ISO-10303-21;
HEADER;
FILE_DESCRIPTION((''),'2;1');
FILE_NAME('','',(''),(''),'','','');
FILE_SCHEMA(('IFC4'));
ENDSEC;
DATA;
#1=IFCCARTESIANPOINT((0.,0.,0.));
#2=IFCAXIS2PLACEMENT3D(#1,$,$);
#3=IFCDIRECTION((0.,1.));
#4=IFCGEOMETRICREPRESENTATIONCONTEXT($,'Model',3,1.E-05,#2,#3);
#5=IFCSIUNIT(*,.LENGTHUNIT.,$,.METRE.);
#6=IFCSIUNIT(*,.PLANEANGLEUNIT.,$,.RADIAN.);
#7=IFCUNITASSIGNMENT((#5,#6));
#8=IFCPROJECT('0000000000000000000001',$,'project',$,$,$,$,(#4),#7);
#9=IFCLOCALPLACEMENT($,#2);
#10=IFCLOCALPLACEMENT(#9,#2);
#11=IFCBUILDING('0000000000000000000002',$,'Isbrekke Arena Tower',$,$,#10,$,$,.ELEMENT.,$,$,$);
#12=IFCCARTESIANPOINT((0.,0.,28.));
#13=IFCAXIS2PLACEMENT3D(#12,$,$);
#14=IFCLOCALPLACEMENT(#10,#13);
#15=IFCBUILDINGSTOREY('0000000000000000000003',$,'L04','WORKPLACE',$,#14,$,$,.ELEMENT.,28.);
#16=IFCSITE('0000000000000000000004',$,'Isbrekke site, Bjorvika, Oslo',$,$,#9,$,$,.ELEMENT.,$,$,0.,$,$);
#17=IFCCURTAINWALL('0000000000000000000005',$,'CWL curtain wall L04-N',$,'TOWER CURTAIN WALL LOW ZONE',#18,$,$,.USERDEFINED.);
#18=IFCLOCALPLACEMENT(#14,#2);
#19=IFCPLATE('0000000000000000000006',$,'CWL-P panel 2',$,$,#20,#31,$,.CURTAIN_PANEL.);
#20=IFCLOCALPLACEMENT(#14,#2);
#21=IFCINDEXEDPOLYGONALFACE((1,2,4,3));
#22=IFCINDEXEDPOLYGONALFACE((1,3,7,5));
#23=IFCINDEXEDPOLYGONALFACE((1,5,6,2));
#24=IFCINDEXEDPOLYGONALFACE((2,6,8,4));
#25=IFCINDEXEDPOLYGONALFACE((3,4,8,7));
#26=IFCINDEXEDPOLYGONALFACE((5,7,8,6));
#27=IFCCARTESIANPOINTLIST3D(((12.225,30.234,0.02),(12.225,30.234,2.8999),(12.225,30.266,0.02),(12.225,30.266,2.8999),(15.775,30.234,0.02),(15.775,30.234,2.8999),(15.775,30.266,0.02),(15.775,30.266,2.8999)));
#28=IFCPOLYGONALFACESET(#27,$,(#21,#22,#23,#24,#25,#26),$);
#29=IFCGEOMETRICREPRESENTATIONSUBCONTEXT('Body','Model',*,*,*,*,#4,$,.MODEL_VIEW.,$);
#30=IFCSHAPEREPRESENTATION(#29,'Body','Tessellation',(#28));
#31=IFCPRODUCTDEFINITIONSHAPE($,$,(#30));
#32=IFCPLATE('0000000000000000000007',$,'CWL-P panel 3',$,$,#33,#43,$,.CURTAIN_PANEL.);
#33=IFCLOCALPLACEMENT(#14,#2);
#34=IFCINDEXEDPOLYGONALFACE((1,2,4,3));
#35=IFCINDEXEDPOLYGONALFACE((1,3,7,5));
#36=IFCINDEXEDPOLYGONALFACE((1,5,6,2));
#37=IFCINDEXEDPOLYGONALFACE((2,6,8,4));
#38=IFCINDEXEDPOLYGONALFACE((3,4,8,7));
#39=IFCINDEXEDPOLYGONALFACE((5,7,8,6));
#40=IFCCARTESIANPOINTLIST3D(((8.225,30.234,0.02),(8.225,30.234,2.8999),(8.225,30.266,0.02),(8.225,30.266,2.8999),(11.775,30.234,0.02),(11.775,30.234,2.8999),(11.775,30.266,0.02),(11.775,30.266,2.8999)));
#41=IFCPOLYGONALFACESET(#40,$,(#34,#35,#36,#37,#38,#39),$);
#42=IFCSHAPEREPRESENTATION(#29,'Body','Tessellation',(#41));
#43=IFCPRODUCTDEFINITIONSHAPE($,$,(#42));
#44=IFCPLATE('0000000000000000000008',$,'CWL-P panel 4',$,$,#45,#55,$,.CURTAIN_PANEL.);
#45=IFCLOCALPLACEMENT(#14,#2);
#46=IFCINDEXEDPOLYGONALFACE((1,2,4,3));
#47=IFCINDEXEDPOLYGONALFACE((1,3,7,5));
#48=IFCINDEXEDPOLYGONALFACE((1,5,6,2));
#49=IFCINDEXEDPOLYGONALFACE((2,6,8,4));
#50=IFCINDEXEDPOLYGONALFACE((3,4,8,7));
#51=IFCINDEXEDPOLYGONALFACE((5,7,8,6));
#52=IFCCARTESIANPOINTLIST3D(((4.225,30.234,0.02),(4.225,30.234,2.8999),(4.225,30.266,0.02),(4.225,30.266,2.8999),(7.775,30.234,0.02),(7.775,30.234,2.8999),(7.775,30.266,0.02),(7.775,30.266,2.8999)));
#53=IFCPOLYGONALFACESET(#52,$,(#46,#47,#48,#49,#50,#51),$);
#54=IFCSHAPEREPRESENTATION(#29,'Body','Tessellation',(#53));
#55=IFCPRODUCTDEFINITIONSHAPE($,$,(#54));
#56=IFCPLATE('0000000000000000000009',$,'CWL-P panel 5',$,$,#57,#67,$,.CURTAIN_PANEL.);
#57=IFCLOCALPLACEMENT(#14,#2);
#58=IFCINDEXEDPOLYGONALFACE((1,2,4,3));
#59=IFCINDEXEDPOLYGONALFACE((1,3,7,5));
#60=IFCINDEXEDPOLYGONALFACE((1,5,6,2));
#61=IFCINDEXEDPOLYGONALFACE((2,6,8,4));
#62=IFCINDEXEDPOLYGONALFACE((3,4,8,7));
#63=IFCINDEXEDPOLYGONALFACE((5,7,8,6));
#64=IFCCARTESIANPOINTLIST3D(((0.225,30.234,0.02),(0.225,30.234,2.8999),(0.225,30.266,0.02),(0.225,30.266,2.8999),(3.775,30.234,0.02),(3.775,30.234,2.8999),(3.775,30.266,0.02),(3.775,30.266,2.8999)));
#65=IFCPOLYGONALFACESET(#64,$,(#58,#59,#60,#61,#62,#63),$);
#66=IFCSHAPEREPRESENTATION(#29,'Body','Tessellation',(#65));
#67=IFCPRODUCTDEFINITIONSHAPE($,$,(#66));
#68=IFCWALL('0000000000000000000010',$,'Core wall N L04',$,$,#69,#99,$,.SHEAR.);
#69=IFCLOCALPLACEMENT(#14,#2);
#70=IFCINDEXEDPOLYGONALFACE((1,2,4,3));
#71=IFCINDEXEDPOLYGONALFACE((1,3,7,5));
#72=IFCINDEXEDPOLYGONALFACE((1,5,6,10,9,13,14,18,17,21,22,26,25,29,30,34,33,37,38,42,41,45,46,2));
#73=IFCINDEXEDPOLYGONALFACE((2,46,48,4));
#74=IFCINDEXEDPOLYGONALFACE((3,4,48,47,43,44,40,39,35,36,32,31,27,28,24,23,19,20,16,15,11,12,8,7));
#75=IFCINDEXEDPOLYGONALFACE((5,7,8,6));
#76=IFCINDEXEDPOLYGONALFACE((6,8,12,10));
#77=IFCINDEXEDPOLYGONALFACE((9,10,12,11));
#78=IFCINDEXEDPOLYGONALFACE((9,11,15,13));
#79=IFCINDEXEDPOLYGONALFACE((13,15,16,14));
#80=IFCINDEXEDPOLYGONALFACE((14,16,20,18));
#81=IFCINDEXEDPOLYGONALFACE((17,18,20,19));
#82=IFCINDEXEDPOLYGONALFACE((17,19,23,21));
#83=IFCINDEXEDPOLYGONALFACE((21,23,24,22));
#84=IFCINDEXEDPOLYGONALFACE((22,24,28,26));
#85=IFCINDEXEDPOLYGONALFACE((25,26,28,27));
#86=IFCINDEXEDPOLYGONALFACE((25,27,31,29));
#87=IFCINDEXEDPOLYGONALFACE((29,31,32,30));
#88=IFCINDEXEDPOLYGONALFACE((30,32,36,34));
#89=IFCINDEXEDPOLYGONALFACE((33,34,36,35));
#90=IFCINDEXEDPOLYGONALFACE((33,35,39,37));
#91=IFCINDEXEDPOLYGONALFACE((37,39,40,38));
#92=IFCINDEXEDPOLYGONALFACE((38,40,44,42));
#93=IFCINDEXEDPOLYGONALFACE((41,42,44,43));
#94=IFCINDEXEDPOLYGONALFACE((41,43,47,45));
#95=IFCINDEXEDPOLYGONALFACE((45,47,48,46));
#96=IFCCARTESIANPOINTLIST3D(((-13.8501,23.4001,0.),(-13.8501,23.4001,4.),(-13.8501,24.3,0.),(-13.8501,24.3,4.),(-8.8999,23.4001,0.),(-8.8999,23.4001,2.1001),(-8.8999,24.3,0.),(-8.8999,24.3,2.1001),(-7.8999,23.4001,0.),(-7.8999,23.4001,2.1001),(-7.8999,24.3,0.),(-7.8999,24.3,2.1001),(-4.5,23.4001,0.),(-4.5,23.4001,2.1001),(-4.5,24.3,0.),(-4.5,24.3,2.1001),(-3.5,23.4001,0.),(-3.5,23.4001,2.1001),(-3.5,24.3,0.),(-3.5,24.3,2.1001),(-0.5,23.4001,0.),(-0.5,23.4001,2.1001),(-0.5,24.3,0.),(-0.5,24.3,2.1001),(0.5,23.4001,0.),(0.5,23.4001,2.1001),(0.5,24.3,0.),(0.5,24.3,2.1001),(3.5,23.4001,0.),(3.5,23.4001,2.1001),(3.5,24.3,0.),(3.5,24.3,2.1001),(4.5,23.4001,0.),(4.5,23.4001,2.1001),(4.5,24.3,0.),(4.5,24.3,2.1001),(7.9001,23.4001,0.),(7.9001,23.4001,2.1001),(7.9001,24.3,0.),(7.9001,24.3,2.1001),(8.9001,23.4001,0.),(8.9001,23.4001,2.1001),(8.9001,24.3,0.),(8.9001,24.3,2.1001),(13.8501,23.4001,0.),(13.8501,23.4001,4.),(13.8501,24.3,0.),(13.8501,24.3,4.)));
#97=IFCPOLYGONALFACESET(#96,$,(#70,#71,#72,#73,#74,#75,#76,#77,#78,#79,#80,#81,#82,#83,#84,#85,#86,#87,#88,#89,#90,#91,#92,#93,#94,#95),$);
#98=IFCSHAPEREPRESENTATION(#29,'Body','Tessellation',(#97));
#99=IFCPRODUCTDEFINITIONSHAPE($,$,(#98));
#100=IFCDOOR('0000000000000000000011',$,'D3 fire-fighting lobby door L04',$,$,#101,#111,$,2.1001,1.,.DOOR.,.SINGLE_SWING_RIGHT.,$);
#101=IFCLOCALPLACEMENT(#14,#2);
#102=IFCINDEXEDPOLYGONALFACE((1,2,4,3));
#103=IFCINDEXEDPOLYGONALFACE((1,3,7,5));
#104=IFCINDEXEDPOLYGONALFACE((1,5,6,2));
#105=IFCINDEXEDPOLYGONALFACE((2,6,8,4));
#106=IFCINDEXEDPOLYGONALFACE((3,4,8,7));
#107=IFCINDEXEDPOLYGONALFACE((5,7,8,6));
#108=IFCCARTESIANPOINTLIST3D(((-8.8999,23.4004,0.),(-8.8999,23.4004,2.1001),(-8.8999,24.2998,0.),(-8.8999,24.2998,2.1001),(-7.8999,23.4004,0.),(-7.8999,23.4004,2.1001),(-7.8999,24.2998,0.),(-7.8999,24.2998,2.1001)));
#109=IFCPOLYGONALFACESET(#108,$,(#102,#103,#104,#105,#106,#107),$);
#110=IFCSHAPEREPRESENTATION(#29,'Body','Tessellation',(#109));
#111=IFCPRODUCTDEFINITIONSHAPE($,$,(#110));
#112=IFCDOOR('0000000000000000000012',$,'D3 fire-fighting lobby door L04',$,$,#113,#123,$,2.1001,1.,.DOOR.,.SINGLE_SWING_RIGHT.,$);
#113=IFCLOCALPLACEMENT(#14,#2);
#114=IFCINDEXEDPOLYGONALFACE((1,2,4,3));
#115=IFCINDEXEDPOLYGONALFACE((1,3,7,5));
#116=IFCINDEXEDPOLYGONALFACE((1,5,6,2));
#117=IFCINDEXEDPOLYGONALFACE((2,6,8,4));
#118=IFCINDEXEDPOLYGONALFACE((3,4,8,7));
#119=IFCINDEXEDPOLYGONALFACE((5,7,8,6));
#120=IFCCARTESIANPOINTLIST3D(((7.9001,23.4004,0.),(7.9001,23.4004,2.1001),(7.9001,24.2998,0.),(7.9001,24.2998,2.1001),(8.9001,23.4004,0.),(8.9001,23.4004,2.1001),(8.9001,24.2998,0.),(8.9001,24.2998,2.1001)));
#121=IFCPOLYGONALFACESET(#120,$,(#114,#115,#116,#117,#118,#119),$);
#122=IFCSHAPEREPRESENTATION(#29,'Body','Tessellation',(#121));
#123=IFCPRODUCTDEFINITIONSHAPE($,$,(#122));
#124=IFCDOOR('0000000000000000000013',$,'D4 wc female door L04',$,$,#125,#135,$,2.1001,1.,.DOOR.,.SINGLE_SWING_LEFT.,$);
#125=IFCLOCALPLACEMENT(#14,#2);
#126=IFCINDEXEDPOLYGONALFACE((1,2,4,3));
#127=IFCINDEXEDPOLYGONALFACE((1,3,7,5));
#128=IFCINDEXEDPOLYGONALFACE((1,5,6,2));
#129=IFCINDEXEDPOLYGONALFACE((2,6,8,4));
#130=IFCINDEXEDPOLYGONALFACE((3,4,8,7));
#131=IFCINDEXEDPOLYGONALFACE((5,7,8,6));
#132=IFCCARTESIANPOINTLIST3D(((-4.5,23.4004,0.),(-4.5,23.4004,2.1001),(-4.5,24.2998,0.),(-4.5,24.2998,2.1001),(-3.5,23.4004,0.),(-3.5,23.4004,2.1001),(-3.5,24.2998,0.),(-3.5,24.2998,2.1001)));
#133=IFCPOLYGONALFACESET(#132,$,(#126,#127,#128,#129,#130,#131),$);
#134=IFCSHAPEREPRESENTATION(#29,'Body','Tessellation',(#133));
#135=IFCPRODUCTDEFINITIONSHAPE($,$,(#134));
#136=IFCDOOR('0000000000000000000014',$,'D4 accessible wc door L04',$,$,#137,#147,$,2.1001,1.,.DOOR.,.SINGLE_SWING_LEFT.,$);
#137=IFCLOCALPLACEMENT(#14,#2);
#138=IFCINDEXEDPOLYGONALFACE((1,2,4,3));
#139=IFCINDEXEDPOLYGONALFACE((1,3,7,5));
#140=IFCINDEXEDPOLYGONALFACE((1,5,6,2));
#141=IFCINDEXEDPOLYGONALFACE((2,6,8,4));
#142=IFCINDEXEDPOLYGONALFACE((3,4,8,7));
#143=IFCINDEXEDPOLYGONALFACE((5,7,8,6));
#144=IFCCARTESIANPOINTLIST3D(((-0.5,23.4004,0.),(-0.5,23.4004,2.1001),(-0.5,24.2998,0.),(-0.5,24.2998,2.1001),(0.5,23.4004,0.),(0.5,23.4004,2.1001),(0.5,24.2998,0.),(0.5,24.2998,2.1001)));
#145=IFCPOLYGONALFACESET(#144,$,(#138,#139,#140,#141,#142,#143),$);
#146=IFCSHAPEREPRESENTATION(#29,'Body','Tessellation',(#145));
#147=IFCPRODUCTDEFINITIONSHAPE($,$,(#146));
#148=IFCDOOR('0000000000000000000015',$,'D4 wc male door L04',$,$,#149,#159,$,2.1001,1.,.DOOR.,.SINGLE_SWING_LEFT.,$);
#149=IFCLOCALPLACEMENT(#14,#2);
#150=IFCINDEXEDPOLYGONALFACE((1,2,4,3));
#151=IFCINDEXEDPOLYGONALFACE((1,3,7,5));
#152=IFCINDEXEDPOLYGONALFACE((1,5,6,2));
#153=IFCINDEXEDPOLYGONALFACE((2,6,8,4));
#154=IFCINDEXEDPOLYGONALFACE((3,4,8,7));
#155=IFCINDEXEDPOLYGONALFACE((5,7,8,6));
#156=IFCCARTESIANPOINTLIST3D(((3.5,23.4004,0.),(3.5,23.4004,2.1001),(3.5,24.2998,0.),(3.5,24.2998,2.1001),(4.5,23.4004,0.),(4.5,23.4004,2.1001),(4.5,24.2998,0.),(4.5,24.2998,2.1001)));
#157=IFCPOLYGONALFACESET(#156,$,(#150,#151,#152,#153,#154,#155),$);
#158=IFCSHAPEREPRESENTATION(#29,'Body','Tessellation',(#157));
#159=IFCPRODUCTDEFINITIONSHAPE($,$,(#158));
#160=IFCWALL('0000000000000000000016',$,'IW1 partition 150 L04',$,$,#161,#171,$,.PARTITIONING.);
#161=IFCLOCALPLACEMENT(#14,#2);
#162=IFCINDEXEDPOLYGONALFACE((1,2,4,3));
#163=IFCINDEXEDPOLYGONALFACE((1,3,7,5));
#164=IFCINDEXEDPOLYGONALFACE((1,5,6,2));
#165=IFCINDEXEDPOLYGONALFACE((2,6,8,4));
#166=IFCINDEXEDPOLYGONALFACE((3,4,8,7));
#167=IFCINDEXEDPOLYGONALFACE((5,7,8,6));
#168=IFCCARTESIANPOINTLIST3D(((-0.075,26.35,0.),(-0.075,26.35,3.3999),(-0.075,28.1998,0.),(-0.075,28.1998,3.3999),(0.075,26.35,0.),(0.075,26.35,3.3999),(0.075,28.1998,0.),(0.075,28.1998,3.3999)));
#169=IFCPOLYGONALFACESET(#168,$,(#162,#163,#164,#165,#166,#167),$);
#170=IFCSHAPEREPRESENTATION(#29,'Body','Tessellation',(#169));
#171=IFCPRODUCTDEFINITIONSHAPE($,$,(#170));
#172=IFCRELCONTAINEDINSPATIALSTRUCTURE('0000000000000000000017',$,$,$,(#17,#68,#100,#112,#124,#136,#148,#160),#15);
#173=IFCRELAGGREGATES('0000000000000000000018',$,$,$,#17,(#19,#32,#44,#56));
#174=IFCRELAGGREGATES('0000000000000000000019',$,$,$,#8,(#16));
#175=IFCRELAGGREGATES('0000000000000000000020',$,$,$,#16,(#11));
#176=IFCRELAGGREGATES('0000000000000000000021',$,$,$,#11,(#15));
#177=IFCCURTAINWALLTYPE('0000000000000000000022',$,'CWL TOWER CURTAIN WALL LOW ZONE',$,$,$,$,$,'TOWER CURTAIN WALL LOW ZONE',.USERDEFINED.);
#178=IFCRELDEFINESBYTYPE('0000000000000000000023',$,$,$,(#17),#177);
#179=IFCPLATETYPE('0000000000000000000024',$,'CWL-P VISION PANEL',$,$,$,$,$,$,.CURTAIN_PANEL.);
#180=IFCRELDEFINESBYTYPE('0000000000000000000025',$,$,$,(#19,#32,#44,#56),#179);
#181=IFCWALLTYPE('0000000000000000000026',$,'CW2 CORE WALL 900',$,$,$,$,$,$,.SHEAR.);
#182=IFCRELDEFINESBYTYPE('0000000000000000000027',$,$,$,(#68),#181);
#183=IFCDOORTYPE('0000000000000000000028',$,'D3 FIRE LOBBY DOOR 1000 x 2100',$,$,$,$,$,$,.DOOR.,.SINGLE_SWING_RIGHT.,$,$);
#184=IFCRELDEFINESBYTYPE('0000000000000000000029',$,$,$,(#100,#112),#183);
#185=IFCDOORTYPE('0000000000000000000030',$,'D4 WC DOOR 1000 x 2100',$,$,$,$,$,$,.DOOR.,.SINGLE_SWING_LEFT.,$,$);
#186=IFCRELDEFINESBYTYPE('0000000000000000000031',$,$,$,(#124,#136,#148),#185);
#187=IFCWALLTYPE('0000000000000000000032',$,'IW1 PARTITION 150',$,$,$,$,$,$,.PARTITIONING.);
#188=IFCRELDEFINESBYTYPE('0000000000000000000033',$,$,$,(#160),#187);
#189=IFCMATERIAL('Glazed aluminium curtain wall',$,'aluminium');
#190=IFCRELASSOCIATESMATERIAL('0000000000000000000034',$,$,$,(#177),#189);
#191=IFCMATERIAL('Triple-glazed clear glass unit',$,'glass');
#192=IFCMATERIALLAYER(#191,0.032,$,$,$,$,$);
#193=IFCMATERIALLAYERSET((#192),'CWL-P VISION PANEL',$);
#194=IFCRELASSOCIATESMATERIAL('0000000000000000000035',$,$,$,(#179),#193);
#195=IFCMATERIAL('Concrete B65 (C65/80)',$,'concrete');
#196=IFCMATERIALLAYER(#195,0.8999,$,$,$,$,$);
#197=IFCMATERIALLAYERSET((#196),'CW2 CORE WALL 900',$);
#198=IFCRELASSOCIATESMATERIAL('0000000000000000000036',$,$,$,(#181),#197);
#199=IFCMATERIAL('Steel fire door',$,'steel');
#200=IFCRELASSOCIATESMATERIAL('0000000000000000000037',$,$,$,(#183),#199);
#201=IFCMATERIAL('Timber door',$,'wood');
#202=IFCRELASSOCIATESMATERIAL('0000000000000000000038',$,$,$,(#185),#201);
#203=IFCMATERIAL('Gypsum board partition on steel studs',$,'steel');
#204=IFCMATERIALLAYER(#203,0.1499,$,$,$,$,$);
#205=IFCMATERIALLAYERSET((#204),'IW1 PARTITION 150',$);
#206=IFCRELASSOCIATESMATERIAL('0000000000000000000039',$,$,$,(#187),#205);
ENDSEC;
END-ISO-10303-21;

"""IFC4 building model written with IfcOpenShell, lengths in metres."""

from ifc_helpers import new_model, si_unit, direction, frame, frame_2d, origin, origin_2d, place, context, subcontext, project, spatial, rectangle, extrude, material, layer, layer_set, type_object, element, fill, aggregate, save


model = new_model("IFC4")

# Units and contexts
model_context = context("Model", 3, precision=1e-05, world=origin(), true_north=direction((0.0, 1.0)))
body_context = subcontext(model_context, "Body", "Model", "MODEL_VIEW")
ifc_project = project(units=[si_unit("LENGTHUNIT", "METRE"), si_unit("PLANEANGLEUNIT", "RADIAN")], contexts=[model_context])

# Site, building, storey
site_placement = place(None, origin())
site = spatial("IfcSite", under=ifc_project, at=site_placement, Name="Isbrekke site, Bjorvika, Oslo", CompositionType="ELEMENT", RefElevation=0.0)
building_placement = place(site_placement, origin())
building = spatial("IfcBuilding", under=site, at=building_placement, Name="Isbrekke Arena Tower", CompositionType="ELEMENT")
storey_placement = place(building_placement, frame((0.0, 0.0, 28.0)))
storey = spatial("IfcBuildingStorey", under=building, at=storey_placement, Name="L04", Description="WORKPLACE", CompositionType="ELEMENT", Elevation=28.0)

# Curtain wall
ifc_material_1 = material(Name="Glazed aluminium curtain wall", Category="aluminium")
curtain_wall_type = type_object("IfcCurtainWallType", Name="CWL TOWER CURTAIN WALL LOW ZONE", ElementType="TOWER CURTAIN WALL LOW ZONE", PredefinedType="USERDEFINED", material=ifc_material_1)
curtain_wall_placement = place(storey_placement, origin())
curtain_wall = element("IfcCurtainWall", 1, at=curtain_wall_placement, inside=storey, type_object=curtain_wall_type, Name="CWL curtain wall L04-N", ObjectType="TOWER CURTAIN WALL LOW ZONE", PredefinedType="USERDEFINED")

# Plates
ifc_material_2 = material(Name="Triple-glazed clear glass unit", Category="glass")
ifc_layer_1 = layer(ifc_material_2, 0.032)
ifc_layer_set_1 = layer_set([ifc_layer_1], Name="CWL-P VISION PANEL")
plate_type = type_object("IfcPlateType", Name="CWL-P VISION PANEL", PredefinedType="CURTAIN_PANEL", material=ifc_layer_set_1)
plate_1_placement = place(storey_placement, frame((14.0, 30.25, 0.02), z_axis=(0.0, 0.0, 1.0), x_axis=(-1.0, 0.0, 0.0)))
plate_1 = element("IfcPlate", 2, at=plate_1_placement, type_object=plate_type, Name="CWL-P panel 2", PredefinedType="CURTAIN_PANEL", context=body_context, shape_type="SweptSolid", body=[
    extrude(rectangle(XDim=3.55, YDim=0.032, at=origin_2d()), origin(), (0.0, 0.0, 1.0), 2.8799),
])
plate_2_placement = place(storey_placement, frame((10.0, 30.25, 0.02), z_axis=(0.0, 0.0, 1.0), x_axis=(-1.0, 0.0, 0.0)))
plate_2 = element("IfcPlate", 3, at=plate_2_placement, type_object=plate_type, Name="CWL-P panel 3", PredefinedType="CURTAIN_PANEL", context=body_context, shape_type="SweptSolid", body=[
    extrude(rectangle(XDim=3.55, YDim=0.032, at=origin_2d()), origin(), (0.0, 0.0, 1.0), 2.8799),
])
plate_3_placement = place(storey_placement, frame((6.0, 30.25, 0.02), z_axis=(0.0, 0.0, 1.0), x_axis=(-1.0, 0.0, 0.0)))
plate_3 = element("IfcPlate", 4, at=plate_3_placement, type_object=plate_type, Name="CWL-P panel 4", PredefinedType="CURTAIN_PANEL", context=body_context, shape_type="SweptSolid", body=[
    extrude(rectangle(XDim=3.55, YDim=0.032, at=origin_2d()), origin(), (0.0, 0.0, 1.0), 2.8799),
])
plate_4_placement = place(storey_placement, frame((2.0, 30.25, 0.02), z_axis=(0.0, 0.0, 1.0), x_axis=(-1.0, 0.0, 0.0)))
plate_4 = element("IfcPlate", 5, at=plate_4_placement, type_object=plate_type, Name="CWL-P panel 5", PredefinedType="CURTAIN_PANEL", context=body_context, shape_type="SweptSolid", body=[
    extrude(rectangle(XDim=3.55, YDim=0.032, at=origin_2d()), origin(), (0.0, 0.0, 1.0), 2.8799),
])
aggregate(curtain_wall, [plate_1, plate_2, plate_3, plate_4])

# Wall, openings, doors
ifc_material_3 = material(Name="Concrete B65 (C65/80)", Category="concrete")
ifc_layer_2 = layer(ifc_material_3, 0.8999)
ifc_layer_set_2 = layer_set([ifc_layer_2], Name="CW2 CORE WALL 900")
wall_type_1 = type_object("IfcWallType", Name="CW2 CORE WALL 900", PredefinedType="SHEAR", material=ifc_layer_set_2)
wall_1_placement = place(storey_placement, frame((13.8501, 23.8501, 0.0), z_axis=(0.0, 0.0, 1.0), x_axis=(-1.0, 0.0, 0.0)))
wall_1 = element("IfcWall", 6, at=wall_1_placement, inside=storey, type_object=wall_type_1, Name="Core wall N L04", PredefinedType="SHEAR", context=body_context, shape_type="SweptSolid", body=[
    extrude(rectangle(XDim=27.7002, YDim=0.8999, at=frame_2d((13.8501, 0.0))), origin(), (0.0, 0.0, 1.0), 4.0),
])
opening_1_placement = place(wall_1_placement, frame((21.75, 0.0, 0.0)))
opening_1 = element("IfcOpeningElement", 7, at=opening_1_placement, cuts=wall_1, PredefinedType="OPENING", context=body_context, shape_type="SweptSolid", body=[
    extrude(rectangle(XDim=1.0, YDim=2.1001, at=frame_2d((0.5, 1.05))), frame((0.0, 0.4648, 0.0), z_axis=(0.0, -1.0, 0.0), x_axis=(1.0, 0.0, 0.0)), (0.0, 0.0, 1.0), 0.9297),
])
opening_2_placement = place(wall_1_placement, frame((4.95, 0.0, 0.0)))
opening_2 = element("IfcOpeningElement", 8, at=opening_2_placement, cuts=wall_1, PredefinedType="OPENING", context=body_context, shape_type="SweptSolid", body=[
    extrude(rectangle(XDim=1.0, YDim=2.1001, at=frame_2d((0.5, 1.05))), frame((0.0, 0.4648, 0.0), z_axis=(0.0, -1.0, 0.0), x_axis=(1.0, 0.0, 0.0)), (0.0, 0.0, 1.0), 0.9297),
])
opening_3_placement = place(wall_1_placement, frame((17.3501, 0.0, 0.0)))
opening_3 = element("IfcOpeningElement", 9, at=opening_3_placement, cuts=wall_1, PredefinedType="OPENING", context=body_context, shape_type="SweptSolid", body=[
    extrude(rectangle(XDim=1.0, YDim=2.1001, at=frame_2d((0.5, 1.05))), frame((0.0, 0.4648, 0.0), z_axis=(0.0, -1.0, 0.0), x_axis=(1.0, 0.0, 0.0)), (0.0, 0.0, 1.0), 0.9297),
])
opening_4_placement = place(wall_1_placement, frame((13.3501, 0.0, 0.0)))
opening_4 = element("IfcOpeningElement", 10, at=opening_4_placement, cuts=wall_1, PredefinedType="OPENING", context=body_context, shape_type="SweptSolid", body=[
    extrude(rectangle(XDim=1.0, YDim=2.1001, at=frame_2d((0.5, 1.05))), frame((0.0, 0.4648, 0.0), z_axis=(0.0, -1.0, 0.0), x_axis=(1.0, 0.0, 0.0)), (0.0, 0.0, 1.0), 0.9297),
])
opening_5_placement = place(wall_1_placement, frame((9.3501, 0.0, 0.0)))
opening_5 = element("IfcOpeningElement", 11, at=opening_5_placement, cuts=wall_1, PredefinedType="OPENING", context=body_context, shape_type="SweptSolid", body=[
    extrude(rectangle(XDim=1.0, YDim=2.1001, at=frame_2d((0.5, 1.05))), frame((0.0, 0.4648, 0.0), z_axis=(0.0, -1.0, 0.0), x_axis=(1.0, 0.0, 0.0)), (0.0, 0.0, 1.0), 0.9297),
])
ifc_material_4 = material(Name="Steel fire door", Category="steel")
door_type_1 = type_object("IfcDoorType", Name="D3 FIRE LOBBY DOOR 1000 x 2100", OperationType="SINGLE_SWING_RIGHT", PredefinedType="DOOR", material=ifc_material_4)
door_1_placement = place(opening_1_placement, origin())
door_1 = element("IfcDoor", 12, at=door_1_placement, inside=storey, type_object=door_type_1, Name="D3 fire-fighting lobby door L04", OperationType="SINGLE_SWING_RIGHT", OverallHeight=2.1001, OverallWidth=1.0, PredefinedType="DOOR", context=body_context, shape_type="SweptSolid", body=[
    extrude(rectangle(XDim=1.0, YDim=2.1001, at=frame_2d((0.5, 1.05))), frame((0.0, 0.4497, 0.0), z_axis=(0.0, -1.0, 0.0), x_axis=(1.0, 0.0, 0.0)), (0.0, 0.0, 1.0), 0.8994),
])
fill(opening_1, door_1)
door_2_placement = place(opening_2_placement, origin())
door_2 = element("IfcDoor", 13, at=door_2_placement, inside=storey, type_object=door_type_1, Name="D3 fire-fighting lobby door L04", OperationType="SINGLE_SWING_RIGHT", OverallHeight=2.1001, OverallWidth=1.0, PredefinedType="DOOR", context=body_context, shape_type="SweptSolid", body=[
    extrude(rectangle(XDim=1.0, YDim=2.1001, at=frame_2d((0.5, 1.05))), frame((0.0, 0.4497, 0.0), z_axis=(0.0, -1.0, 0.0), x_axis=(1.0, 0.0, 0.0)), (0.0, 0.0, 1.0), 0.8994),
])
fill(opening_2, door_2)
ifc_material_5 = material(Name="Timber door", Category="wood")
door_type_2 = type_object("IfcDoorType", Name="D4 WC DOOR 1000 x 2100", OperationType="SINGLE_SWING_LEFT", PredefinedType="DOOR", material=ifc_material_5)
door_3_placement = place(opening_3_placement, origin())
door_3 = element("IfcDoor", 14, at=door_3_placement, inside=storey, type_object=door_type_2, Name="D4 wc female door L04", OperationType="SINGLE_SWING_LEFT", OverallHeight=2.1001, OverallWidth=1.0, PredefinedType="DOOR", context=body_context, shape_type="SweptSolid", body=[
    extrude(rectangle(XDim=1.0, YDim=2.1001, at=frame_2d((0.5, 1.05))), frame((0.0, 0.4497, 0.0), z_axis=(0.0, -1.0, 0.0), x_axis=(1.0, 0.0, 0.0)), (0.0, 0.0, 1.0), 0.8994),
])
fill(opening_3, door_3)
door_4_placement = place(opening_4_placement, origin())
door_4 = element("IfcDoor", 15, at=door_4_placement, inside=storey, type_object=door_type_2, Name="D4 accessible wc door L04", OperationType="SINGLE_SWING_LEFT", OverallHeight=2.1001, OverallWidth=1.0, PredefinedType="DOOR", context=body_context, shape_type="SweptSolid", body=[
    extrude(rectangle(XDim=1.0, YDim=2.1001, at=frame_2d((0.5, 1.05))), frame((0.0, 0.4497, 0.0), z_axis=(0.0, -1.0, 0.0), x_axis=(1.0, 0.0, 0.0)), (0.0, 0.0, 1.0), 0.8994),
])
fill(opening_4, door_4)
door_5_placement = place(opening_5_placement, origin())
door_5 = element("IfcDoor", 16, at=door_5_placement, inside=storey, type_object=door_type_2, Name="D4 wc male door L04", OperationType="SINGLE_SWING_LEFT", OverallHeight=2.1001, OverallWidth=1.0, PredefinedType="DOOR", context=body_context, shape_type="SweptSolid", body=[
    extrude(rectangle(XDim=1.0, YDim=2.1001, at=frame_2d((0.5, 1.05))), frame((0.0, 0.4497, 0.0), z_axis=(0.0, -1.0, 0.0), x_axis=(1.0, 0.0, 0.0)), (0.0, 0.0, 1.0), 0.8994),
])
fill(opening_5, door_5)

# Wall
ifc_material_6 = material(Name="Gypsum board partition on steel studs", Category="steel")
ifc_layer_3 = layer(ifc_material_6, 0.1499)
ifc_layer_set_3 = layer_set([ifc_layer_3], Name="IW1 PARTITION 150")
wall_type_2 = type_object("IfcWallType", Name="IW1 PARTITION 150", PredefinedType="PARTITIONING", material=ifc_layer_set_3)
wall_2_placement = place(storey_placement, frame((0.0, 26.3501, 0.0), z_axis=(0.0, 0.0, 1.0), x_axis=(0.0, 1.0, 0.0)))
element("IfcWall", 17, at=wall_2_placement, inside=storey, type_object=wall_type_2, Name="IW1 partition 150 L04", PredefinedType="PARTITIONING", context=body_context, shape_type="SweptSolid", body=[
    extrude(rectangle(XDim=1.8499, YDim=0.1499, at=frame_2d((0.9248, 0.0))), origin(), (0.0, 0.0, 1.0), 3.3999),
])

save(model, "model.ifc")
